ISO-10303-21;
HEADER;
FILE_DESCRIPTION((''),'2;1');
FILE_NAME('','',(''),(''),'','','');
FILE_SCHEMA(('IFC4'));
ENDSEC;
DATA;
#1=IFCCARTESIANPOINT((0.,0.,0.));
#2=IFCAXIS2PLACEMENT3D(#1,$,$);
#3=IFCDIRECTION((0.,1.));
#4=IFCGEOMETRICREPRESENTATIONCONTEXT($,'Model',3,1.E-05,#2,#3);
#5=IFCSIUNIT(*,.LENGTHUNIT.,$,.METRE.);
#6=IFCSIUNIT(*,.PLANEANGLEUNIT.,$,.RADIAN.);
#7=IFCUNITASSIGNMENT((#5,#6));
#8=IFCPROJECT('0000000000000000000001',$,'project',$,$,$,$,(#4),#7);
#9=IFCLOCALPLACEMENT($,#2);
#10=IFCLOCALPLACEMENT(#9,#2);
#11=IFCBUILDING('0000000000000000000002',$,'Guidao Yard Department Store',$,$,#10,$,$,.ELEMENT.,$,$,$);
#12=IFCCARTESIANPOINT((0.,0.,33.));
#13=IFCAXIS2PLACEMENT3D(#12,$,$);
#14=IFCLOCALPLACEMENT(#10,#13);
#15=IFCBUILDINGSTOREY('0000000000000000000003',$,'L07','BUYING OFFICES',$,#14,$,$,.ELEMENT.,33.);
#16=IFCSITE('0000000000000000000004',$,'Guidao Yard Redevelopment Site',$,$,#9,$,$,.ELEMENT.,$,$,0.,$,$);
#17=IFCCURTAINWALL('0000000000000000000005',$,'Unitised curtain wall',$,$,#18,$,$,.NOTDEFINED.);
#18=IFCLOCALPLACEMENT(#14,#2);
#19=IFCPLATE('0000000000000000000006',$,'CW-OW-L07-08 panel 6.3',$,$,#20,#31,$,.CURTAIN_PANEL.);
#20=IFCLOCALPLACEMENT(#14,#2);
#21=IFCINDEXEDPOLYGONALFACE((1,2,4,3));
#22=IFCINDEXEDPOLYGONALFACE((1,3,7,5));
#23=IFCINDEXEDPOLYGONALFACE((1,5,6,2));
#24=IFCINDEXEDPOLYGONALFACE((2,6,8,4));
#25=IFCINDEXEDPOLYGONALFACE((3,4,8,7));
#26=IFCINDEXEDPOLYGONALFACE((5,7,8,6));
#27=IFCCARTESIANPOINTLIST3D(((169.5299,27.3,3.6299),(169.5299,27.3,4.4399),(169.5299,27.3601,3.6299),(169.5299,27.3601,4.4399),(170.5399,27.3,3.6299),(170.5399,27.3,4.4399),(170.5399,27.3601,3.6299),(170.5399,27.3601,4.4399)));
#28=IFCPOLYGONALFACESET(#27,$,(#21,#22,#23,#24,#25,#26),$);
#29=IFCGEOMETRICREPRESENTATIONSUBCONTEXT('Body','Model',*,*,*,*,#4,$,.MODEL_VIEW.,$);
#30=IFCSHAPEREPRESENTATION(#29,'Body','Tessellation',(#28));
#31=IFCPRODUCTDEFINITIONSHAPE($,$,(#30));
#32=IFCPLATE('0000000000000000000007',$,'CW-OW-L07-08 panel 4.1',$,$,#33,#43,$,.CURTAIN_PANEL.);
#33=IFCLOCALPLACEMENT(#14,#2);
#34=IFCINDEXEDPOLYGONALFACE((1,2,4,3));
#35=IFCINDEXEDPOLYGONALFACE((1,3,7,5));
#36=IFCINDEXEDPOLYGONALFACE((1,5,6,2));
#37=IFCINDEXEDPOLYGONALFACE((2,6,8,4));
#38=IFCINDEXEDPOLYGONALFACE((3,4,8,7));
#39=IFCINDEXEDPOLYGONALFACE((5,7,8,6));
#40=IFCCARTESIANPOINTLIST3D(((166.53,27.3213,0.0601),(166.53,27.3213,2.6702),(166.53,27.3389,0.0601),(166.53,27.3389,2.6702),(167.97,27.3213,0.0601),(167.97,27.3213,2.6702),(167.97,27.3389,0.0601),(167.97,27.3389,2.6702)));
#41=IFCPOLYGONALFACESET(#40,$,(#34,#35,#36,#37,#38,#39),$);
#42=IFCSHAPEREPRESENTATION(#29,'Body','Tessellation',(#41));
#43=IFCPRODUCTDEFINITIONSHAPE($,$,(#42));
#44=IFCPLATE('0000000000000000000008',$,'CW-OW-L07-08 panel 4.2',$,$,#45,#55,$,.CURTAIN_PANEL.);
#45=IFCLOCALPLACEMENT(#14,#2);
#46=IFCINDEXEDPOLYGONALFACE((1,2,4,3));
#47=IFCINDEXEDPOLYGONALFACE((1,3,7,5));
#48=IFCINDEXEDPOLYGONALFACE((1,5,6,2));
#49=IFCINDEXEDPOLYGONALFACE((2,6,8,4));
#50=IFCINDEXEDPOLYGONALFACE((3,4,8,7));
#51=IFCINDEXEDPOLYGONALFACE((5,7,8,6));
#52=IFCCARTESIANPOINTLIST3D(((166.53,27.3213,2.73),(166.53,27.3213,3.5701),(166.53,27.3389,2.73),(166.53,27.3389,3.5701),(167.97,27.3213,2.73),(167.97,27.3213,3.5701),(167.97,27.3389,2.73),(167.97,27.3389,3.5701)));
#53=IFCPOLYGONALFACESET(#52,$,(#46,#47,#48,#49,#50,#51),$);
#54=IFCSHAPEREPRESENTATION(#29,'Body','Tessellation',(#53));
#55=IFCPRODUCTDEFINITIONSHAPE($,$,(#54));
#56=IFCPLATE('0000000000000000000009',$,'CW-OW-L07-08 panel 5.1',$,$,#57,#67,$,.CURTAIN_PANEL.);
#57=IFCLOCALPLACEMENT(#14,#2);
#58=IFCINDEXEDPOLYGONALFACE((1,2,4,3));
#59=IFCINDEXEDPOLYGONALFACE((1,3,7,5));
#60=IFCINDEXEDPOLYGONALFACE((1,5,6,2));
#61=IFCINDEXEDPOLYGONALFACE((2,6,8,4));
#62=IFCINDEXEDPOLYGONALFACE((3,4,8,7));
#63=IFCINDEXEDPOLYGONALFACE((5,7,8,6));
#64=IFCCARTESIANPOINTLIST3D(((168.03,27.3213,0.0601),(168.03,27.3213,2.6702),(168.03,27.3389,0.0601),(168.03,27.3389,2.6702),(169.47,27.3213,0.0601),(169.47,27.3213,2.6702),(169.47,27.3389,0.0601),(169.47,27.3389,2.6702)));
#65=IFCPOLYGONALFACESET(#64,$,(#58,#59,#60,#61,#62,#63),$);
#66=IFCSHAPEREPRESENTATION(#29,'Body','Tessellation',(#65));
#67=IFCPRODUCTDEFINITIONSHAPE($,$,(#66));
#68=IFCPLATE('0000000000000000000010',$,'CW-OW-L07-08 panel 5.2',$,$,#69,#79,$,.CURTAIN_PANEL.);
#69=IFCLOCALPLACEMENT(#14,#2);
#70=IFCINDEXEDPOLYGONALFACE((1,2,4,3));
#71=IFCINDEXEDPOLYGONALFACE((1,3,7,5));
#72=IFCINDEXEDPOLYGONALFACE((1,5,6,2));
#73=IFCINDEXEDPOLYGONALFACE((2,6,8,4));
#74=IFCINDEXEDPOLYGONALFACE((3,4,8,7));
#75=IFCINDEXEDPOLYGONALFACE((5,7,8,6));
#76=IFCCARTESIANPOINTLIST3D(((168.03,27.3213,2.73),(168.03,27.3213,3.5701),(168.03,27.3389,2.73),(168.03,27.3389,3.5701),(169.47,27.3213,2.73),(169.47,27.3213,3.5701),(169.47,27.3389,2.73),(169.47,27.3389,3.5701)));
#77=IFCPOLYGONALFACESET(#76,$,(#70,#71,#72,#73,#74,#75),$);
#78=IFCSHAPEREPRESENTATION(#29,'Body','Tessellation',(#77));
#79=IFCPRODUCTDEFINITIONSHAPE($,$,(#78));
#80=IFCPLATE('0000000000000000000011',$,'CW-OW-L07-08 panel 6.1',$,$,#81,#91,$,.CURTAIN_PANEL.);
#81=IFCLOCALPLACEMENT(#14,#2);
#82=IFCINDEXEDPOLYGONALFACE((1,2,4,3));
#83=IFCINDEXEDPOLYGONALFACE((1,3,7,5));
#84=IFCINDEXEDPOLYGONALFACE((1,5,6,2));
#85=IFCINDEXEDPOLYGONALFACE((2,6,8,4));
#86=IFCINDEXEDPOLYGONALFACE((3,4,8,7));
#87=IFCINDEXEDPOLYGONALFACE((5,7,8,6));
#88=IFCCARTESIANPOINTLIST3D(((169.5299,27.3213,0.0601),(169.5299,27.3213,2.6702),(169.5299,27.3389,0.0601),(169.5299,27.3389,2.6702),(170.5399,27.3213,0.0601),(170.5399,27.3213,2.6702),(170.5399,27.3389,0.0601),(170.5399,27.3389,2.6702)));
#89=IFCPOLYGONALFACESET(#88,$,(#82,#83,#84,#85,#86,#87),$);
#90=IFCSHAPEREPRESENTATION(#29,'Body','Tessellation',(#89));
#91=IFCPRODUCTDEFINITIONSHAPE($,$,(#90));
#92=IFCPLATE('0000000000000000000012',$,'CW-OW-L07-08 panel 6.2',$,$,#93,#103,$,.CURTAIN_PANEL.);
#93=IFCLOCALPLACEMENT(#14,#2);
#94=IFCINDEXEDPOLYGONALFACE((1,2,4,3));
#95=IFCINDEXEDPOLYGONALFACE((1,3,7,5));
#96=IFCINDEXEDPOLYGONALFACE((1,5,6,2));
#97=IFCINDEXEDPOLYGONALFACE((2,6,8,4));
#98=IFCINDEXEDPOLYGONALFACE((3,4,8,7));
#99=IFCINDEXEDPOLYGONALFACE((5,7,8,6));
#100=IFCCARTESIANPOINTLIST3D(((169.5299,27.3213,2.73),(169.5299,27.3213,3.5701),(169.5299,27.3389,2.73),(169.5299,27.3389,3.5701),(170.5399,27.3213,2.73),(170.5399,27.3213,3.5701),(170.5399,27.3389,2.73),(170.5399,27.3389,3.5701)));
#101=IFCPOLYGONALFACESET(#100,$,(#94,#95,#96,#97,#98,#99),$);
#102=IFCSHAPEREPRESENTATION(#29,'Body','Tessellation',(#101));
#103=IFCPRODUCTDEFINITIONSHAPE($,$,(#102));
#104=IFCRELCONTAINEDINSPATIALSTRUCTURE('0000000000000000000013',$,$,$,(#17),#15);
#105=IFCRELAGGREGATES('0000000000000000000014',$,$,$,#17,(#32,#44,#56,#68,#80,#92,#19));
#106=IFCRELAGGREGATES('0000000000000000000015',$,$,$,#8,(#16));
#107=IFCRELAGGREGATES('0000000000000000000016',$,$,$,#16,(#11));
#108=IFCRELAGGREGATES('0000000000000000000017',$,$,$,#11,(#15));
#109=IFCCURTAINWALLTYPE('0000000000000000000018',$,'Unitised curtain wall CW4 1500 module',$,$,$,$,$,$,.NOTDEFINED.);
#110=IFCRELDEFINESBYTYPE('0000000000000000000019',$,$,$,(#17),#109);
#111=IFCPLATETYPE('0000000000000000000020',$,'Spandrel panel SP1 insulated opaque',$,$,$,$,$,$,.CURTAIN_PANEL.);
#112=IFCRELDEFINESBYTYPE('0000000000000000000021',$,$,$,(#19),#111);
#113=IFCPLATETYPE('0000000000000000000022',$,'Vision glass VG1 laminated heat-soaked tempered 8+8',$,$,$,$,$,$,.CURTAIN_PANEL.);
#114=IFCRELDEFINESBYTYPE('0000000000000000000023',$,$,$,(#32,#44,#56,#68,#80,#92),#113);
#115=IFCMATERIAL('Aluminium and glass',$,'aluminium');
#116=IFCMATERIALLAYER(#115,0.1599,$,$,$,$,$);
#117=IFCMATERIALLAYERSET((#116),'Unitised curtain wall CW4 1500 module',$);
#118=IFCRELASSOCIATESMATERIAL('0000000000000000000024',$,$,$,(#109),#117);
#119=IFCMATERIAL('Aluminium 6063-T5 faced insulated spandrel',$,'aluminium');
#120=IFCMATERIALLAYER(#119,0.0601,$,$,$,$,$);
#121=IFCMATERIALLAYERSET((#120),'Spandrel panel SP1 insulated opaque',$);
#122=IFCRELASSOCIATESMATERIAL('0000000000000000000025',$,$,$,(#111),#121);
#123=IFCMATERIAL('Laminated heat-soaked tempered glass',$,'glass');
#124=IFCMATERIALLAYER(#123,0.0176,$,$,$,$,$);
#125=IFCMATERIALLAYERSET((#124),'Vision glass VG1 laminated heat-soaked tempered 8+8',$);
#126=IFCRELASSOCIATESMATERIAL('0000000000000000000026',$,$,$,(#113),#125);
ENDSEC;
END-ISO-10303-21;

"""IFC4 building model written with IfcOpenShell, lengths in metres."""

from ifc_helpers import new_model, si_unit, direction, frame, origin, origin_2d, place, context, subcontext, project, spatial, rectangle, extrude, material, layer, layer_set, type_object, element, aggregate, save


model = new_model("IFC4")

# Units and contexts
model_context = context("Model", 3, precision=1e-05, world=origin(), true_north=direction((0.0, 1.0)))
body_context = subcontext(model_context, "Body", "Model", "MODEL_VIEW")
ifc_project = project(units=[si_unit("LENGTHUNIT", "METRE"), si_unit("PLANEANGLEUNIT", "RADIAN")], contexts=[model_context])

# Site, building, storey
site_placement = place(None, origin())
site = spatial("IfcSite", under=ifc_project, at=site_placement, Name="Guidao Yard Redevelopment Site", CompositionType="ELEMENT", RefElevation=0.0)
building_placement = place(site_placement, origin())
building = spatial("IfcBuilding", under=site, at=building_placement, Name="Guidao Yard Department Store", CompositionType="ELEMENT")
storey_placement = place(building_placement, frame((0.0, 0.0, 33.0)))
storey = spatial("IfcBuildingStorey", under=building, at=storey_placement, Name="L07", Description="BUYING OFFICES", CompositionType="ELEMENT", Elevation=33.0)

# Curtain wall, plates
ifc_material_1 = material(Name="Aluminium and glass", Category="aluminium")
ifc_layer_1 = layer(ifc_material_1, 0.1599)
ifc_layer_set_1 = layer_set([ifc_layer_1], Name="Unitised curtain wall CW4 1500 module")
curtain_wall_type = type_object("IfcCurtainWallType", Name="Unitised curtain wall CW4 1500 module", PredefinedType="NOTDEFINED", material=ifc_layer_set_1)
curtain_wall_placement = place(storey_placement, origin())
curtain_wall = element("IfcCurtainWall", 1, at=curtain_wall_placement, inside=storey, type_object=curtain_wall_type, Name="Unitised curtain wall", PredefinedType="NOTDEFINED")
ifc_material_2 = material(Name="Aluminium 6063-T5 faced insulated spandrel", Category="aluminium")
ifc_layer_2 = layer(ifc_material_2, 0.0601)
ifc_layer_set_2 = layer_set([ifc_layer_2], Name="Spandrel panel SP1 insulated opaque")
plate_type_1 = type_object("IfcPlateType", Name="Spandrel panel SP1 insulated opaque", PredefinedType="CURTAIN_PANEL", material=ifc_layer_set_2)
plate_1_placement = place(storey_placement, frame((170.0349, 27.3301, 3.6299), z_axis=(0.0, 0.0, 1.0), x_axis=(1.0, 0.0, 0.0)))
plate_1 = element("IfcPlate", 2, at=plate_1_placement, type_object=plate_type_1, Name="CW-OW-L07-08 panel 6.3", PredefinedType="CURTAIN_PANEL", context=body_context, shape_type="SweptSolid", body=[
    extrude(rectangle(XDim=1.01, YDim=0.0601, at=origin_2d()), origin(), (0.0, 0.0, 1.0), 0.8101),
])
ifc_material_3 = material(Name="Laminated heat-soaked tempered glass", Category="glass")
ifc_layer_3 = layer(ifc_material_3, 0.0176)
ifc_layer_set_3 = layer_set([ifc_layer_3], Name="Vision glass VG1 laminated heat-soaked tempered 8+8")
plate_type_2 = type_object("IfcPlateType", Name="Vision glass VG1 laminated heat-soaked tempered 8+8", PredefinedType="CURTAIN_PANEL", material=ifc_layer_set_3)
plate_2_placement = place(storey_placement, frame((167.25, 27.3301, 0.0601), z_axis=(0.0, 0.0, 1.0), x_axis=(1.0, 0.0, 0.0)))
plate_2 = element("IfcPlate", 3, at=plate_2_placement, type_object=plate_type_2, Name="CW-OW-L07-08 panel 4.1", PredefinedType="CURTAIN_PANEL", context=body_context, shape_type="SweptSolid", body=[
    extrude(rectangle(XDim=1.4399, YDim=0.0176, at=origin_2d()), origin(), (0.0, 0.0, 1.0), 2.6101),
])
plate_3_placement = place(storey_placement, frame((167.25, 27.3301, 2.73), z_axis=(0.0, 0.0, 1.0), x_axis=(1.0, 0.0, 0.0)))
plate_3 = element("IfcPlate", 4, at=plate_3_placement, type_object=plate_type_2, Name="CW-OW-L07-08 panel 4.2", PredefinedType="CURTAIN_PANEL", context=body_context, shape_type="SweptSolid", body=[
    extrude(rectangle(XDim=1.4399, YDim=0.0176, at=origin_2d()), origin(), (0.0, 0.0, 1.0), 0.8401),
])
plate_4_placement = place(storey_placement, frame((168.75, 27.3301, 0.0601), z_axis=(0.0, 0.0, 1.0), x_axis=(1.0, 0.0, 0.0)))
plate_4 = element("IfcPlate", 5, at=plate_4_placement, type_object=plate_type_2, Name="CW-OW-L07-08 panel 5.1", PredefinedType="CURTAIN_PANEL", context=body_context, shape_type="SweptSolid", body=[
    extrude(rectangle(XDim=1.4399, YDim=0.0176, at=origin_2d()), origin(), (0.0, 0.0, 1.0), 2.6101),
])
plate_5_placement = place(storey_placement, frame((168.75, 27.3301, 2.73), z_axis=(0.0, 0.0, 1.0), x_axis=(1.0, 0.0, 0.0)))
plate_5 = element("IfcPlate", 6, at=plate_5_placement, type_object=plate_type_2, Name="CW-OW-L07-08 panel 5.2", PredefinedType="CURTAIN_PANEL", context=body_context, shape_type="SweptSolid", body=[
    extrude(rectangle(XDim=1.4399, YDim=0.0176, at=origin_2d()), origin(), (0.0, 0.0, 1.0), 0.8401),
])
plate_6_placement = place(storey_placement, frame((170.0349, 27.3301, 0.0601), z_axis=(0.0, 0.0, 1.0), x_axis=(1.0, 0.0, 0.0)))
plate_6 = element("IfcPlate", 7, at=plate_6_placement, type_object=plate_type_2, Name="CW-OW-L07-08 panel 6.1", PredefinedType="CURTAIN_PANEL", context=body_context, shape_type="SweptSolid", body=[
    extrude(rectangle(XDim=1.01, YDim=0.0176, at=origin_2d()), origin(), (0.0, 0.0, 1.0), 2.6101),
])
plate_7_placement = place(storey_placement, frame((170.0349, 27.3301, 2.73), z_axis=(0.0, 0.0, 1.0), x_axis=(1.0, 0.0, 0.0)))
plate_7 = element("IfcPlate", 8, at=plate_7_placement, type_object=plate_type_2, Name="CW-OW-L07-08 panel 6.2", PredefinedType="CURTAIN_PANEL", context=body_context, shape_type="SweptSolid", body=[
    extrude(rectangle(XDim=1.01, YDim=0.0176, at=origin_2d()), origin(), (0.0, 0.0, 1.0), 0.8401),
])
aggregate(curtain_wall, [plate_2, plate_3, plate_4, plate_5, plate_6, plate_7, plate_1])

save(model, "model.ifc")
